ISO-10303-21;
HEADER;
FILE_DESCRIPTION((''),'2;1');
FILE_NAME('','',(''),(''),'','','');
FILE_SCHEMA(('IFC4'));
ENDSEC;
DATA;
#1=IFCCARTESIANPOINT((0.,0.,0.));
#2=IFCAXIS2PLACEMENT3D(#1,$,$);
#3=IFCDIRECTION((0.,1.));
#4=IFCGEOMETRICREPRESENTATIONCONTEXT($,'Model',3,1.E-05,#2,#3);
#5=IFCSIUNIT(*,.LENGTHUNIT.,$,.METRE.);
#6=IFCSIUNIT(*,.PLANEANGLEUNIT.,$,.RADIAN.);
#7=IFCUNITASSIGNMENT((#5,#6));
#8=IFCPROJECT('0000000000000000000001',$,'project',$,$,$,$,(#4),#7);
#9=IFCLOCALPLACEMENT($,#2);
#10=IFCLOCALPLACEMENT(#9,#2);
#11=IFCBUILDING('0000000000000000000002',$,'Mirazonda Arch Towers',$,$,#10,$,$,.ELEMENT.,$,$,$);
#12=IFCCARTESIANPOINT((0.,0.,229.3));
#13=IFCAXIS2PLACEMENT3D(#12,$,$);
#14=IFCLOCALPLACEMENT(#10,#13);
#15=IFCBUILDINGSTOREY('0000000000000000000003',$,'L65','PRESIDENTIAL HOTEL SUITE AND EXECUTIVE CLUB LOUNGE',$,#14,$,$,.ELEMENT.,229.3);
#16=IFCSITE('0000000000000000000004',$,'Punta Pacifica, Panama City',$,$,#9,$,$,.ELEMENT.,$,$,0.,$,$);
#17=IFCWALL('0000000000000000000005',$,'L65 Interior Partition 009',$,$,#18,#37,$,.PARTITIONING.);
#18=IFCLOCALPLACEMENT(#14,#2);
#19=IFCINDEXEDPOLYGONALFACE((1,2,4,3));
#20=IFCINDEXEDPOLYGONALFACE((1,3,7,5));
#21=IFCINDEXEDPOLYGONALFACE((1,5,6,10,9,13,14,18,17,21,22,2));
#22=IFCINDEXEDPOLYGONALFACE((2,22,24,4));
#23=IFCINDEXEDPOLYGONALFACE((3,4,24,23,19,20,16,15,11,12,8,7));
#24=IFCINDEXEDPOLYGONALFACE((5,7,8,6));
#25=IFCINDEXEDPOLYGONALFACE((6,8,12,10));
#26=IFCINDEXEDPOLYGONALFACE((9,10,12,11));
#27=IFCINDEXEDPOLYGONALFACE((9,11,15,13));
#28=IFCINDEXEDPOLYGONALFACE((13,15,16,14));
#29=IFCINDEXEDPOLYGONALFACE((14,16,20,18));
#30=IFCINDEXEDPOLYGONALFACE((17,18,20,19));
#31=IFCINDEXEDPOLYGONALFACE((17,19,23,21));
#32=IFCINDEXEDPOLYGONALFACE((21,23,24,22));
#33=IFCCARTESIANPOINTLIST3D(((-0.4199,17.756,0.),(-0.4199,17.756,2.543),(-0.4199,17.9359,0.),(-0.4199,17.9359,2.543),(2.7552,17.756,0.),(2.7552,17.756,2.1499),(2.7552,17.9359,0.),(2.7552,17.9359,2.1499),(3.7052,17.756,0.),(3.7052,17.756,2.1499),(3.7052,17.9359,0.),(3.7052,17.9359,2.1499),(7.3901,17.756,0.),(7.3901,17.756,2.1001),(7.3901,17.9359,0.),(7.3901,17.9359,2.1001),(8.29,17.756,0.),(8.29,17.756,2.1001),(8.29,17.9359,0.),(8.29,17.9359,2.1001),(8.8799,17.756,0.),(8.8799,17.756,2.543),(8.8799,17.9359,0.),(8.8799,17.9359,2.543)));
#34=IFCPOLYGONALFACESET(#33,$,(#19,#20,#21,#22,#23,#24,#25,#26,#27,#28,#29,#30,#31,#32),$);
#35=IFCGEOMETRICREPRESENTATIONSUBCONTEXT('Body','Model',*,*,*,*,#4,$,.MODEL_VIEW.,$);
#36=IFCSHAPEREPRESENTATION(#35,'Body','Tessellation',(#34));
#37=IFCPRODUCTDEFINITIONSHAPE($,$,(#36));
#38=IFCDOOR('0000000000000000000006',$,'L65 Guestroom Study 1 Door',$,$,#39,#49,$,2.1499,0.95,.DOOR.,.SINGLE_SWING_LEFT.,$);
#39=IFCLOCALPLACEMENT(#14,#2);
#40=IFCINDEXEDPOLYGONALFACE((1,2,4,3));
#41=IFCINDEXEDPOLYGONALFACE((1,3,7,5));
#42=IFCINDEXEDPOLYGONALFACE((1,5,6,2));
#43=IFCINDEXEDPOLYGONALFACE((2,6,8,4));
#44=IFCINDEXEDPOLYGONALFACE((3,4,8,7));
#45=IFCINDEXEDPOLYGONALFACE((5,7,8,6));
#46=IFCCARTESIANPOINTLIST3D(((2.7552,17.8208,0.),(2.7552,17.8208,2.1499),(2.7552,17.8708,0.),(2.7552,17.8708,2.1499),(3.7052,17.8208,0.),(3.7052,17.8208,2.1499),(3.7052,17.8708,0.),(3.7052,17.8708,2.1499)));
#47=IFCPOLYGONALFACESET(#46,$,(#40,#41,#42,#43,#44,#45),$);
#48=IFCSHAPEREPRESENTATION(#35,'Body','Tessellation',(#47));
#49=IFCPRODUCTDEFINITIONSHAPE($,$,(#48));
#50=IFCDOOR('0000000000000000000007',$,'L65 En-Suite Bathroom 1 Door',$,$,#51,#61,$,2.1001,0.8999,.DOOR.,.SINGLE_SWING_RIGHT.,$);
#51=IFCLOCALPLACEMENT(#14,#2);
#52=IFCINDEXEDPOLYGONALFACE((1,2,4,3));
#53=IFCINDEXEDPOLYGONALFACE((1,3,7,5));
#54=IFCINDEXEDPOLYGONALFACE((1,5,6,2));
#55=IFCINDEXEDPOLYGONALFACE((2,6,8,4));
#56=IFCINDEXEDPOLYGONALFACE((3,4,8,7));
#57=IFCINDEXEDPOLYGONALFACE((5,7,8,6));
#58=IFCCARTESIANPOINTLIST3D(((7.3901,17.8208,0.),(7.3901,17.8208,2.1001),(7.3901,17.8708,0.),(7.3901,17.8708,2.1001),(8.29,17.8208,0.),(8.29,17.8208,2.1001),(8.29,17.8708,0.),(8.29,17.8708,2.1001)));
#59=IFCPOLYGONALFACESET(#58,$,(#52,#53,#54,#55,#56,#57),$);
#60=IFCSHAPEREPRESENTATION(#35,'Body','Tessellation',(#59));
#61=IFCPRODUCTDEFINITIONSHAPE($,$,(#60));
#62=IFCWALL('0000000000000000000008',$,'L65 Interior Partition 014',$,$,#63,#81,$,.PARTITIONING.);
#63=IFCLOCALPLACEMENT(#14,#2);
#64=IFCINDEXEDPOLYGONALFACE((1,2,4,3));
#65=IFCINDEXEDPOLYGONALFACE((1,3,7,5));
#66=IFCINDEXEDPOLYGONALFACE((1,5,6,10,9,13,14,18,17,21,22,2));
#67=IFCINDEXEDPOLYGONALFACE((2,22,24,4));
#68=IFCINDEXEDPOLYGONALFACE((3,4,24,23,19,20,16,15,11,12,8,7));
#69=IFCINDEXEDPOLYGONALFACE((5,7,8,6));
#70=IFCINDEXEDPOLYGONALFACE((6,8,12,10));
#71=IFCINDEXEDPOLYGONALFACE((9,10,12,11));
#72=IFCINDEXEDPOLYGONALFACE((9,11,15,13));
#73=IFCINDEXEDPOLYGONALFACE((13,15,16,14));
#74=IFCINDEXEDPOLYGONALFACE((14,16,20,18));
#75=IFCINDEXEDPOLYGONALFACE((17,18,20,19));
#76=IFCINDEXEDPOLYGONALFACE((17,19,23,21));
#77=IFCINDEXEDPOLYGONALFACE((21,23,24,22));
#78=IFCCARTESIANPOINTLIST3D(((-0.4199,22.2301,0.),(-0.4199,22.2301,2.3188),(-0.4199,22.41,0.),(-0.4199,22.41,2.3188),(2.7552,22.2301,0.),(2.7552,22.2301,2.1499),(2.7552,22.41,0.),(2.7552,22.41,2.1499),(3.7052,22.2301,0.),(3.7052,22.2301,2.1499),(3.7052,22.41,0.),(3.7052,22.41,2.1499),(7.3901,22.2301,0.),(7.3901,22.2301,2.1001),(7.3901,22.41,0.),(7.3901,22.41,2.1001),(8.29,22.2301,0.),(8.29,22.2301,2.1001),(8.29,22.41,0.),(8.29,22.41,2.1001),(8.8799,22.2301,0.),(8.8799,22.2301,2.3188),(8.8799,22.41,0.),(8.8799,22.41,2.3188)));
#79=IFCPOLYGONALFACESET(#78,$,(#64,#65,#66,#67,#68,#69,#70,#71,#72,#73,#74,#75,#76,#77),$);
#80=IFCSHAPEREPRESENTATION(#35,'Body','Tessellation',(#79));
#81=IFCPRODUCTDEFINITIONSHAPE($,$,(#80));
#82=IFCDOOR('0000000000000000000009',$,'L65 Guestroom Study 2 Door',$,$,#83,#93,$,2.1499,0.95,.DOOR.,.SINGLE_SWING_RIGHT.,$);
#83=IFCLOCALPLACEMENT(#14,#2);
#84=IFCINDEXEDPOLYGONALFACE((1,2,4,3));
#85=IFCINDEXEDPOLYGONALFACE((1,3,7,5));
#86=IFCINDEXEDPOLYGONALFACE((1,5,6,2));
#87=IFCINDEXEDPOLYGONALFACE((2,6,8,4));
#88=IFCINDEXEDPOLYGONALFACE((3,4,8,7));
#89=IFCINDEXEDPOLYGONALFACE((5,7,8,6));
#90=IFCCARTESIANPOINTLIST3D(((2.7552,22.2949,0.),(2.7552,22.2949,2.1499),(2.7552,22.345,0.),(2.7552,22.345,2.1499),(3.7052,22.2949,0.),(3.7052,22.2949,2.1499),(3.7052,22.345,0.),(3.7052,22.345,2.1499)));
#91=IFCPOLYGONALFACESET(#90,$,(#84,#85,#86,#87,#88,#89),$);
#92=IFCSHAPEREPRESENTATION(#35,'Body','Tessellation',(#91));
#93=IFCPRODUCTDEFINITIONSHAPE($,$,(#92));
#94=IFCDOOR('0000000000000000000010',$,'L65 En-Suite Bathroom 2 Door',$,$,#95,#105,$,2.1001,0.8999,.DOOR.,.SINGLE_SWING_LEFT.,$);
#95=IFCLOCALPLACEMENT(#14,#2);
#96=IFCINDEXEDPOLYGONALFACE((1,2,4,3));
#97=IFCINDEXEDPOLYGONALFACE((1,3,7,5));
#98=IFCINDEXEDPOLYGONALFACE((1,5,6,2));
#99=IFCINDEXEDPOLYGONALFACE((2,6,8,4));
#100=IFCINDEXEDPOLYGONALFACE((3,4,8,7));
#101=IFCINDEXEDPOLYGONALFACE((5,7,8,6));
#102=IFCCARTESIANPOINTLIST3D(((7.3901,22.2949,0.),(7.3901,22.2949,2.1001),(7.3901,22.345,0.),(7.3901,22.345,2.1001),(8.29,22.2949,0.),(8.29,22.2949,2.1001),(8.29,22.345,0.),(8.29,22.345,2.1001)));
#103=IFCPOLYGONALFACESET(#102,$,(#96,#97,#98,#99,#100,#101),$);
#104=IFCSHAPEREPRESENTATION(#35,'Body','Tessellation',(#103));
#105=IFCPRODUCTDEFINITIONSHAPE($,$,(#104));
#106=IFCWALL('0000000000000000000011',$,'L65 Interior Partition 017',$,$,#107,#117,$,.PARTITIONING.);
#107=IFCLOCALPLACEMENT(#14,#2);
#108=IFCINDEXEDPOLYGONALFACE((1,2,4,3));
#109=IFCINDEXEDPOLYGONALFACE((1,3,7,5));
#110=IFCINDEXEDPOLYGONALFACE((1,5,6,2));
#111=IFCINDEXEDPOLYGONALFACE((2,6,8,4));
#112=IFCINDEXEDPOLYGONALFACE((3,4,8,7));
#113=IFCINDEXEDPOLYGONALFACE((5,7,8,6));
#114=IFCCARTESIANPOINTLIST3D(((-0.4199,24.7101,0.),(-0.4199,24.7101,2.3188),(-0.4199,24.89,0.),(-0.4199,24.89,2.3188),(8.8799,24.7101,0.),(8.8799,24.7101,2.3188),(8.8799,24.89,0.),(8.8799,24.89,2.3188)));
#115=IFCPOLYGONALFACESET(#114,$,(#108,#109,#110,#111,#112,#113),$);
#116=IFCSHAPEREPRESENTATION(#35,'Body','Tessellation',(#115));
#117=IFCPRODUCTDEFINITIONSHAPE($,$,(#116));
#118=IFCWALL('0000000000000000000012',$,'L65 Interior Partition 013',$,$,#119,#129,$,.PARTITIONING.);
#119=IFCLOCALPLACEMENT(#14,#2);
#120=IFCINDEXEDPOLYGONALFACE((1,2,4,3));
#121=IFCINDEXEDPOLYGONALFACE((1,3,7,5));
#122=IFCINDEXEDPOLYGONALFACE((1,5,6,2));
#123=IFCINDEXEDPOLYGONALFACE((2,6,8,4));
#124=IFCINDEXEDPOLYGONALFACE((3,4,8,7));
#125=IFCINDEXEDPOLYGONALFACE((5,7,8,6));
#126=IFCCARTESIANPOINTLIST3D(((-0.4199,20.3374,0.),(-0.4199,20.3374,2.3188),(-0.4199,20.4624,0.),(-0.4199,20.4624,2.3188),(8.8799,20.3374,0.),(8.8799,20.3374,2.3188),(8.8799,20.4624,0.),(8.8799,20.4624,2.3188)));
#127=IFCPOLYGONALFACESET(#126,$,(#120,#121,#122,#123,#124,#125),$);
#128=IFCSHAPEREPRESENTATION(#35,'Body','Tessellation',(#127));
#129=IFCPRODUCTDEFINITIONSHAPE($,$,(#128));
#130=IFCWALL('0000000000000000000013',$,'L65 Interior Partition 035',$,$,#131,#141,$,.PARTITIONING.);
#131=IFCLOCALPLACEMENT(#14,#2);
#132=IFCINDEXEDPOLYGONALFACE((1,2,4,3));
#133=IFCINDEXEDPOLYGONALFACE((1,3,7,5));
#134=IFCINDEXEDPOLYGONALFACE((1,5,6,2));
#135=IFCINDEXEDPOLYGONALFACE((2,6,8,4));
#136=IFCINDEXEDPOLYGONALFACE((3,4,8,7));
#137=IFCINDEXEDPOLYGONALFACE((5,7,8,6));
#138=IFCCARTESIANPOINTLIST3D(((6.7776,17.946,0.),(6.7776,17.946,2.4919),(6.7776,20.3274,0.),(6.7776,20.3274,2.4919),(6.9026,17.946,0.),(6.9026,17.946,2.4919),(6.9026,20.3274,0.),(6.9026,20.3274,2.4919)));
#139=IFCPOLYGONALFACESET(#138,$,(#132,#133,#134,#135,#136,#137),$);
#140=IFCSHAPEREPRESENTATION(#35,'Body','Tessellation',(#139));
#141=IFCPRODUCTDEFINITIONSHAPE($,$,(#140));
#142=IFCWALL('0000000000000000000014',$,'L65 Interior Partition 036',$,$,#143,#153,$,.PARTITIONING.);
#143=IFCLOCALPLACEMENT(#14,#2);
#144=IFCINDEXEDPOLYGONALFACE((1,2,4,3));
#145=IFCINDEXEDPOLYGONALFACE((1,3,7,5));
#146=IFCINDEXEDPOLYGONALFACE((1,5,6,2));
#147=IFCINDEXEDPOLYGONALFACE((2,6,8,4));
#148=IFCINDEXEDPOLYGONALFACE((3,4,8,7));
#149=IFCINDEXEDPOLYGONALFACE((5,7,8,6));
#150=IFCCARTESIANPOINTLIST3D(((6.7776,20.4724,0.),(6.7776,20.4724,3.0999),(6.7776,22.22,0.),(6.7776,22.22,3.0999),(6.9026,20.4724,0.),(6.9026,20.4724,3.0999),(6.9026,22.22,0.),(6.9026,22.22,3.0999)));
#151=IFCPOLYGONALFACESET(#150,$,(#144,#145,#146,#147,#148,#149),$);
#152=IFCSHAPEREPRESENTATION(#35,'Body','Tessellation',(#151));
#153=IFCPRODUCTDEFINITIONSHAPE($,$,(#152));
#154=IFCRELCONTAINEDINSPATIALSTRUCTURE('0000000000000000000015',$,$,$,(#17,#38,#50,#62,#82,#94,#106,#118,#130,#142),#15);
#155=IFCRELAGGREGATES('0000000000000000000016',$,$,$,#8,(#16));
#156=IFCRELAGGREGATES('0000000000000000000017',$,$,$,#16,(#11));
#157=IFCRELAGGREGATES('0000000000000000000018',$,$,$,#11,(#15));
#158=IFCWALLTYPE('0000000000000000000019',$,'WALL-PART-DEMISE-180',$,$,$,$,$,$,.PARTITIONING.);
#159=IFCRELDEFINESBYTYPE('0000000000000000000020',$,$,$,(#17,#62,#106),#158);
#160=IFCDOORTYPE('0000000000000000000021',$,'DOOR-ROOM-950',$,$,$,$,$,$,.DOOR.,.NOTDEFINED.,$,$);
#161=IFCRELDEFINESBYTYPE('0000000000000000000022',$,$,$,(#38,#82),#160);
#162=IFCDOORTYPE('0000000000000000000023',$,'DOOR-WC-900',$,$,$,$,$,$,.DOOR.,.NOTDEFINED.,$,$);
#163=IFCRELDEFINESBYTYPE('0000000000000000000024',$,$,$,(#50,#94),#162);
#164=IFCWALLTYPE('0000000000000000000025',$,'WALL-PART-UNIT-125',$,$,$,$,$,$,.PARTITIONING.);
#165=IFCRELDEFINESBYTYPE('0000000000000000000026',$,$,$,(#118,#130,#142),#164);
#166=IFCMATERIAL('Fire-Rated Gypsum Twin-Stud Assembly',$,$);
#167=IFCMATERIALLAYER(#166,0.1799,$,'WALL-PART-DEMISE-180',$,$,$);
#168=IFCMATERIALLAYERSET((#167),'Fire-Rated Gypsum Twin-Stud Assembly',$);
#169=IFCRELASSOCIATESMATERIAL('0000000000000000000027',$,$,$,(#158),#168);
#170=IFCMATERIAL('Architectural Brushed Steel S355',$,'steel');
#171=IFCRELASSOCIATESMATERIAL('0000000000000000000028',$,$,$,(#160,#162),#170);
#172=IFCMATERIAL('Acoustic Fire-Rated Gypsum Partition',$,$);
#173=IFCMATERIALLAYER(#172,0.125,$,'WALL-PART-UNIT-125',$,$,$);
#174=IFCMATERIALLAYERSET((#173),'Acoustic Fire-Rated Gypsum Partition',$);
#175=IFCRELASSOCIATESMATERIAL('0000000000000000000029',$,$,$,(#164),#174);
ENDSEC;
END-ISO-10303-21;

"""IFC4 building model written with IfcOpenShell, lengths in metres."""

from ifc_helpers import new_model, si_unit, direction, frame, frame_2d, origin, place, context, subcontext, project, spatial, rectangle, extrude, material, layer, layer_set, type_object, element, fill, save


model = new_model("IFC4")

# Units and contexts
model_context = context("Model", 3, precision=1e-05, world=origin(), true_north=direction((0.0, 1.0)))
body_context = subcontext(model_context, "Body", "Model", "MODEL_VIEW")
ifc_project = project(units=[si_unit("LENGTHUNIT", "METRE"), si_unit("PLANEANGLEUNIT", "RADIAN")], contexts=[model_context])

# Site, building, storey
site_placement = place(None, origin())
site = spatial("IfcSite", under=ifc_project, at=site_placement, Name="Punta Pacifica, Panama City", CompositionType="ELEMENT", RefElevation=0.0)
building_placement = place(site_placement, origin())
building = spatial("IfcBuilding", under=site, at=building_placement, Name="Mirazonda Arch Towers", CompositionType="ELEMENT")
storey_placement = place(building_placement, frame((0.0, 0.0, 229.3)))
storey = spatial("IfcBuildingStorey", under=building, at=storey_placement, Name="L65", Description="PRESIDENTIAL HOTEL SUITE AND EXECUTIVE CLUB LOUNGE", CompositionType="ELEMENT", Elevation=229.3)

# Walls, openings, doors
ifc_material_1 = material(Name="Fire-Rated Gypsum Twin-Stud Assembly")
ifc_layer_1 = layer(ifc_material_1, 0.1799, Name="WALL-PART-DEMISE-180")
ifc_layer_set_1 = layer_set([ifc_layer_1], Name="Fire-Rated Gypsum Twin-Stud Assembly")
wall_type_1 = type_object("IfcWallType", Name="WALL-PART-DEMISE-180", PredefinedType="PARTITIONING", material=ifc_layer_set_1)
wall_1_placement = place(storey_placement, frame((-0.4199, 17.8459, 0.0), z_axis=(0.0, 0.0, 1.0), x_axis=(1.0, 0.0, 0.0)))
wall_1 = element("IfcWall", 1, at=wall_1_placement, inside=storey, type_object=wall_type_1, Name="L65 Interior Partition 009", PredefinedType="PARTITIONING", context=body_context, shape_type="SweptSolid", body=[
    extrude(rectangle(XDim=9.2998, YDim=0.1799, at=frame_2d((4.6499, 0.0))), origin(), (0.0, 0.0, 1.0), 2.543),
])
opening_1_placement = place(wall_1_placement, frame((3.175, 0.0, 0.0)))
opening_1 = element("IfcOpeningElement", 2, at=opening_1_placement, cuts=wall_1, PredefinedType="OPENING", context=body_context, shape_type="SweptSolid", body=[
    extrude(rectangle(XDim=0.95, YDim=2.1499, at=frame_2d((0.4751, 1.075))), frame((0.0, 0.0999, 0.0), z_axis=(0.0, -1.0, 0.0), x_axis=(1.0, 0.0, 0.0)), (0.0, 0.0, 1.0), 0.2),
])
opening_2_placement = place(wall_1_placement, frame((7.8101, 0.0, 0.0)))
opening_2 = element("IfcOpeningElement", 3, at=opening_2_placement, cuts=wall_1, PredefinedType="OPENING", context=body_context, shape_type="SweptSolid", body=[
    extrude(rectangle(XDim=0.8999, YDim=2.1001, at=frame_2d((0.45, 1.05))), frame((0.0, 0.0999, 0.0), z_axis=(0.0, -1.0, 0.0), x_axis=(1.0, 0.0, 0.0)), (0.0, 0.0, 1.0), 0.2),
])
ifc_material_2 = material(Name="Architectural Brushed Steel S355", Category="steel")
door_type_1 = type_object("IfcDoorType", Name="DOOR-ROOM-950", OperationType="NOTDEFINED", PredefinedType="DOOR", material=ifc_material_2)
door_1_placement = place(opening_1_placement, origin())
door_1 = element("IfcDoor", 4, at=door_1_placement, inside=storey, type_object=door_type_1, Name="L65 Guestroom Study 1 Door", OperationType="SINGLE_SWING_LEFT", OverallHeight=2.1499, OverallWidth=0.95, PredefinedType="DOOR", context=body_context, shape_type="SweptSolid", body=[
    extrude(rectangle(XDim=0.95, YDim=2.1499, at=frame_2d((0.4751, 1.075))), frame((0.0, 0.0249, 0.0), z_axis=(0.0, -1.0, 0.0), x_axis=(1.0, 0.0, 0.0)), (0.0, 0.0, 1.0), 0.05),
])
fill(opening_1, door_1)
door_type_2 = type_object("IfcDoorType", Name="DOOR-WC-900", OperationType="NOTDEFINED", PredefinedType="DOOR", material=ifc_material_2)
door_2_placement = place(opening_2_placement, origin())
door_2 = element("IfcDoor", 5, at=door_2_placement, inside=storey, type_object=door_type_2, Name="L65 En-Suite Bathroom 1 Door", OperationType="SINGLE_SWING_RIGHT", OverallHeight=2.1001, OverallWidth=0.8999, PredefinedType="DOOR", context=body_context, shape_type="SweptSolid", body=[
    extrude(rectangle(XDim=0.8999, YDim=2.1001, at=frame_2d((0.45, 1.05))), frame((0.0, 0.0249, 0.0), z_axis=(0.0, -1.0, 0.0), x_axis=(1.0, 0.0, 0.0)), (0.0, 0.0, 1.0), 0.05),
])
fill(opening_2, door_2)
wall_2_placement = place(storey_placement, frame((-0.4199, 22.3201, 0.0), z_axis=(0.0, 0.0, 1.0), x_axis=(1.0, 0.0, 0.0)))
wall_2 = element("IfcWall", 6, at=wall_2_placement, inside=storey, type_object=wall_type_1, Name="L65 Interior Partition 014", PredefinedType="PARTITIONING", context=body_context, shape_type="SweptSolid", body=[
    extrude(rectangle(XDim=9.2998, YDim=0.1799, at=frame_2d((4.6499, 0.0))), origin(), (0.0, 0.0, 1.0), 2.3188),
])
opening_3_placement = place(wall_2_placement, frame((3.175, 0.0, 0.0)))
opening_3 = element("IfcOpeningElement", 7, at=opening_3_placement, cuts=wall_2, PredefinedType="OPENING", context=body_context, shape_type="SweptSolid", body=[
    extrude(rectangle(XDim=0.95, YDim=2.1499, at=frame_2d((0.4751, 1.075))), frame((0.0, 0.0999, 0.0), z_axis=(0.0, -1.0, 0.0), x_axis=(1.0, 0.0, 0.0)), (0.0, 0.0, 1.0), 0.2),
])
opening_4_placement = place(wall_2_placement, frame((7.8101, 0.0, 0.0)))
opening_4 = element("IfcOpeningElement", 8, at=opening_4_placement, cuts=wall_2, PredefinedType="OPENING", context=body_context, shape_type="SweptSolid", body=[
    extrude(rectangle(XDim=0.8999, YDim=2.1001, at=frame_2d((0.45, 1.05))), frame((0.0, 0.0999, 0.0), z_axis=(0.0, -1.0, 0.0), x_axis=(1.0, 0.0, 0.0)), (0.0, 0.0, 1.0), 0.2),
])
door_3_placement = place(opening_3_placement, origin())
door_3 = element("IfcDoor", 9, at=door_3_placement, inside=storey, type_object=door_type_1, Name="L65 Guestroom Study 2 Door", OperationType="SINGLE_SWING_RIGHT", OverallHeight=2.1499, OverallWidth=0.95, PredefinedType="DOOR", context=body_context, shape_type="SweptSolid", body=[
    extrude(rectangle(XDim=0.95, YDim=2.1499, at=frame_2d((0.4751, 1.075))), frame((0.0, 0.0249, 0.0), z_axis=(0.0, -1.0, 0.0), x_axis=(1.0, 0.0, 0.0)), (0.0, 0.0, 1.0), 0.05),
])
fill(opening_3, door_3)
door_4_placement = place(opening_4_placement, origin())
door_4 = element("IfcDoor", 10, at=door_4_placement, inside=storey, type_object=door_type_2, Name="L65 En-Suite Bathroom 2 Door", OperationType="SINGLE_SWING_LEFT", OverallHeight=2.1001, OverallWidth=0.8999, PredefinedType="DOOR", context=body_context, shape_type="SweptSolid", body=[
    extrude(rectangle(XDim=0.8999, YDim=2.1001, at=frame_2d((0.45, 1.05))), frame((0.0, 0.0249, 0.0), z_axis=(0.0, -1.0, 0.0), x_axis=(1.0, 0.0, 0.0)), (0.0, 0.0, 1.0), 0.05),
])
fill(opening_4, door_4)

# Walls
wall_3_placement = place(storey_placement, frame((-0.4199, 24.8, 0.0), z_axis=(0.0, 0.0, 1.0), x_axis=(1.0, 0.0, 0.0)))
element("IfcWall", 11, at=wall_3_placement, inside=storey, type_object=wall_type_1, Name="L65 Interior Partition 017", PredefinedType="PARTITIONING", context=body_context, shape_type="SweptSolid", body=[
    extrude(rectangle(XDim=9.2998, YDim=0.1799, at=frame_2d((4.6499, 0.0))), origin(), (0.0, 0.0, 1.0), 2.3188),
])
ifc_material_3 = material(Name="Acoustic Fire-Rated Gypsum Partition")
ifc_layer_2 = layer(ifc_material_3, 0.125, Name="WALL-PART-UNIT-125")
ifc_layer_set_2 = layer_set([ifc_layer_2], Name="Acoustic Fire-Rated Gypsum Partition")
wall_type_2 = type_object("IfcWallType", Name="WALL-PART-UNIT-125", PredefinedType="PARTITIONING", material=ifc_layer_set_2)
wall_4_placement = place(storey_placement, frame((-0.4199, 20.3999, 0.0), z_axis=(0.0, 0.0, 1.0), x_axis=(1.0, 0.0, 0.0)))
element("IfcWall", 12, at=wall_4_placement, inside=storey, type_object=wall_type_2, Name="L65 Interior Partition 013", PredefinedType="PARTITIONING", context=body_context, shape_type="SweptSolid", body=[
    extrude(rectangle(XDim=9.2998, YDim=0.125, at=frame_2d((4.6499, 0.0))), origin(), (0.0, 0.0, 1.0), 2.3188),
])
wall_5_placement = place(storey_placement, frame((6.8401, 17.946, 0.0), z_axis=(0.0, 0.0, 1.0), x_axis=(0.0, 1.0, 0.0)))
element("IfcWall", 13, at=wall_5_placement, inside=storey, type_object=wall_type_2, Name="L65 Interior Partition 035", PredefinedType="PARTITIONING", context=body_context, shape_type="SweptSolid", body=[
    extrude(rectangle(XDim=2.3813, YDim=0.125, at=frame_2d((1.1907, 0.0))), origin(), (0.0, 0.0, 1.0), 2.4919),
])
wall_6_placement = place(storey_placement, frame((6.8401, 20.4724, 0.0), z_axis=(0.0, 0.0, 1.0), x_axis=(0.0, 1.0, 0.0)))
element("IfcWall", 14, at=wall_6_placement, inside=storey, type_object=wall_type_2, Name="L65 Interior Partition 036", PredefinedType="PARTITIONING", context=body_context, shape_type="SweptSolid", body=[
    extrude(rectangle(XDim=1.7476, YDim=0.125, at=frame_2d((0.8738, 0.0))), origin(), (0.0, 0.0, 1.0), 3.0999),
])

save(model, "model.ifc")
